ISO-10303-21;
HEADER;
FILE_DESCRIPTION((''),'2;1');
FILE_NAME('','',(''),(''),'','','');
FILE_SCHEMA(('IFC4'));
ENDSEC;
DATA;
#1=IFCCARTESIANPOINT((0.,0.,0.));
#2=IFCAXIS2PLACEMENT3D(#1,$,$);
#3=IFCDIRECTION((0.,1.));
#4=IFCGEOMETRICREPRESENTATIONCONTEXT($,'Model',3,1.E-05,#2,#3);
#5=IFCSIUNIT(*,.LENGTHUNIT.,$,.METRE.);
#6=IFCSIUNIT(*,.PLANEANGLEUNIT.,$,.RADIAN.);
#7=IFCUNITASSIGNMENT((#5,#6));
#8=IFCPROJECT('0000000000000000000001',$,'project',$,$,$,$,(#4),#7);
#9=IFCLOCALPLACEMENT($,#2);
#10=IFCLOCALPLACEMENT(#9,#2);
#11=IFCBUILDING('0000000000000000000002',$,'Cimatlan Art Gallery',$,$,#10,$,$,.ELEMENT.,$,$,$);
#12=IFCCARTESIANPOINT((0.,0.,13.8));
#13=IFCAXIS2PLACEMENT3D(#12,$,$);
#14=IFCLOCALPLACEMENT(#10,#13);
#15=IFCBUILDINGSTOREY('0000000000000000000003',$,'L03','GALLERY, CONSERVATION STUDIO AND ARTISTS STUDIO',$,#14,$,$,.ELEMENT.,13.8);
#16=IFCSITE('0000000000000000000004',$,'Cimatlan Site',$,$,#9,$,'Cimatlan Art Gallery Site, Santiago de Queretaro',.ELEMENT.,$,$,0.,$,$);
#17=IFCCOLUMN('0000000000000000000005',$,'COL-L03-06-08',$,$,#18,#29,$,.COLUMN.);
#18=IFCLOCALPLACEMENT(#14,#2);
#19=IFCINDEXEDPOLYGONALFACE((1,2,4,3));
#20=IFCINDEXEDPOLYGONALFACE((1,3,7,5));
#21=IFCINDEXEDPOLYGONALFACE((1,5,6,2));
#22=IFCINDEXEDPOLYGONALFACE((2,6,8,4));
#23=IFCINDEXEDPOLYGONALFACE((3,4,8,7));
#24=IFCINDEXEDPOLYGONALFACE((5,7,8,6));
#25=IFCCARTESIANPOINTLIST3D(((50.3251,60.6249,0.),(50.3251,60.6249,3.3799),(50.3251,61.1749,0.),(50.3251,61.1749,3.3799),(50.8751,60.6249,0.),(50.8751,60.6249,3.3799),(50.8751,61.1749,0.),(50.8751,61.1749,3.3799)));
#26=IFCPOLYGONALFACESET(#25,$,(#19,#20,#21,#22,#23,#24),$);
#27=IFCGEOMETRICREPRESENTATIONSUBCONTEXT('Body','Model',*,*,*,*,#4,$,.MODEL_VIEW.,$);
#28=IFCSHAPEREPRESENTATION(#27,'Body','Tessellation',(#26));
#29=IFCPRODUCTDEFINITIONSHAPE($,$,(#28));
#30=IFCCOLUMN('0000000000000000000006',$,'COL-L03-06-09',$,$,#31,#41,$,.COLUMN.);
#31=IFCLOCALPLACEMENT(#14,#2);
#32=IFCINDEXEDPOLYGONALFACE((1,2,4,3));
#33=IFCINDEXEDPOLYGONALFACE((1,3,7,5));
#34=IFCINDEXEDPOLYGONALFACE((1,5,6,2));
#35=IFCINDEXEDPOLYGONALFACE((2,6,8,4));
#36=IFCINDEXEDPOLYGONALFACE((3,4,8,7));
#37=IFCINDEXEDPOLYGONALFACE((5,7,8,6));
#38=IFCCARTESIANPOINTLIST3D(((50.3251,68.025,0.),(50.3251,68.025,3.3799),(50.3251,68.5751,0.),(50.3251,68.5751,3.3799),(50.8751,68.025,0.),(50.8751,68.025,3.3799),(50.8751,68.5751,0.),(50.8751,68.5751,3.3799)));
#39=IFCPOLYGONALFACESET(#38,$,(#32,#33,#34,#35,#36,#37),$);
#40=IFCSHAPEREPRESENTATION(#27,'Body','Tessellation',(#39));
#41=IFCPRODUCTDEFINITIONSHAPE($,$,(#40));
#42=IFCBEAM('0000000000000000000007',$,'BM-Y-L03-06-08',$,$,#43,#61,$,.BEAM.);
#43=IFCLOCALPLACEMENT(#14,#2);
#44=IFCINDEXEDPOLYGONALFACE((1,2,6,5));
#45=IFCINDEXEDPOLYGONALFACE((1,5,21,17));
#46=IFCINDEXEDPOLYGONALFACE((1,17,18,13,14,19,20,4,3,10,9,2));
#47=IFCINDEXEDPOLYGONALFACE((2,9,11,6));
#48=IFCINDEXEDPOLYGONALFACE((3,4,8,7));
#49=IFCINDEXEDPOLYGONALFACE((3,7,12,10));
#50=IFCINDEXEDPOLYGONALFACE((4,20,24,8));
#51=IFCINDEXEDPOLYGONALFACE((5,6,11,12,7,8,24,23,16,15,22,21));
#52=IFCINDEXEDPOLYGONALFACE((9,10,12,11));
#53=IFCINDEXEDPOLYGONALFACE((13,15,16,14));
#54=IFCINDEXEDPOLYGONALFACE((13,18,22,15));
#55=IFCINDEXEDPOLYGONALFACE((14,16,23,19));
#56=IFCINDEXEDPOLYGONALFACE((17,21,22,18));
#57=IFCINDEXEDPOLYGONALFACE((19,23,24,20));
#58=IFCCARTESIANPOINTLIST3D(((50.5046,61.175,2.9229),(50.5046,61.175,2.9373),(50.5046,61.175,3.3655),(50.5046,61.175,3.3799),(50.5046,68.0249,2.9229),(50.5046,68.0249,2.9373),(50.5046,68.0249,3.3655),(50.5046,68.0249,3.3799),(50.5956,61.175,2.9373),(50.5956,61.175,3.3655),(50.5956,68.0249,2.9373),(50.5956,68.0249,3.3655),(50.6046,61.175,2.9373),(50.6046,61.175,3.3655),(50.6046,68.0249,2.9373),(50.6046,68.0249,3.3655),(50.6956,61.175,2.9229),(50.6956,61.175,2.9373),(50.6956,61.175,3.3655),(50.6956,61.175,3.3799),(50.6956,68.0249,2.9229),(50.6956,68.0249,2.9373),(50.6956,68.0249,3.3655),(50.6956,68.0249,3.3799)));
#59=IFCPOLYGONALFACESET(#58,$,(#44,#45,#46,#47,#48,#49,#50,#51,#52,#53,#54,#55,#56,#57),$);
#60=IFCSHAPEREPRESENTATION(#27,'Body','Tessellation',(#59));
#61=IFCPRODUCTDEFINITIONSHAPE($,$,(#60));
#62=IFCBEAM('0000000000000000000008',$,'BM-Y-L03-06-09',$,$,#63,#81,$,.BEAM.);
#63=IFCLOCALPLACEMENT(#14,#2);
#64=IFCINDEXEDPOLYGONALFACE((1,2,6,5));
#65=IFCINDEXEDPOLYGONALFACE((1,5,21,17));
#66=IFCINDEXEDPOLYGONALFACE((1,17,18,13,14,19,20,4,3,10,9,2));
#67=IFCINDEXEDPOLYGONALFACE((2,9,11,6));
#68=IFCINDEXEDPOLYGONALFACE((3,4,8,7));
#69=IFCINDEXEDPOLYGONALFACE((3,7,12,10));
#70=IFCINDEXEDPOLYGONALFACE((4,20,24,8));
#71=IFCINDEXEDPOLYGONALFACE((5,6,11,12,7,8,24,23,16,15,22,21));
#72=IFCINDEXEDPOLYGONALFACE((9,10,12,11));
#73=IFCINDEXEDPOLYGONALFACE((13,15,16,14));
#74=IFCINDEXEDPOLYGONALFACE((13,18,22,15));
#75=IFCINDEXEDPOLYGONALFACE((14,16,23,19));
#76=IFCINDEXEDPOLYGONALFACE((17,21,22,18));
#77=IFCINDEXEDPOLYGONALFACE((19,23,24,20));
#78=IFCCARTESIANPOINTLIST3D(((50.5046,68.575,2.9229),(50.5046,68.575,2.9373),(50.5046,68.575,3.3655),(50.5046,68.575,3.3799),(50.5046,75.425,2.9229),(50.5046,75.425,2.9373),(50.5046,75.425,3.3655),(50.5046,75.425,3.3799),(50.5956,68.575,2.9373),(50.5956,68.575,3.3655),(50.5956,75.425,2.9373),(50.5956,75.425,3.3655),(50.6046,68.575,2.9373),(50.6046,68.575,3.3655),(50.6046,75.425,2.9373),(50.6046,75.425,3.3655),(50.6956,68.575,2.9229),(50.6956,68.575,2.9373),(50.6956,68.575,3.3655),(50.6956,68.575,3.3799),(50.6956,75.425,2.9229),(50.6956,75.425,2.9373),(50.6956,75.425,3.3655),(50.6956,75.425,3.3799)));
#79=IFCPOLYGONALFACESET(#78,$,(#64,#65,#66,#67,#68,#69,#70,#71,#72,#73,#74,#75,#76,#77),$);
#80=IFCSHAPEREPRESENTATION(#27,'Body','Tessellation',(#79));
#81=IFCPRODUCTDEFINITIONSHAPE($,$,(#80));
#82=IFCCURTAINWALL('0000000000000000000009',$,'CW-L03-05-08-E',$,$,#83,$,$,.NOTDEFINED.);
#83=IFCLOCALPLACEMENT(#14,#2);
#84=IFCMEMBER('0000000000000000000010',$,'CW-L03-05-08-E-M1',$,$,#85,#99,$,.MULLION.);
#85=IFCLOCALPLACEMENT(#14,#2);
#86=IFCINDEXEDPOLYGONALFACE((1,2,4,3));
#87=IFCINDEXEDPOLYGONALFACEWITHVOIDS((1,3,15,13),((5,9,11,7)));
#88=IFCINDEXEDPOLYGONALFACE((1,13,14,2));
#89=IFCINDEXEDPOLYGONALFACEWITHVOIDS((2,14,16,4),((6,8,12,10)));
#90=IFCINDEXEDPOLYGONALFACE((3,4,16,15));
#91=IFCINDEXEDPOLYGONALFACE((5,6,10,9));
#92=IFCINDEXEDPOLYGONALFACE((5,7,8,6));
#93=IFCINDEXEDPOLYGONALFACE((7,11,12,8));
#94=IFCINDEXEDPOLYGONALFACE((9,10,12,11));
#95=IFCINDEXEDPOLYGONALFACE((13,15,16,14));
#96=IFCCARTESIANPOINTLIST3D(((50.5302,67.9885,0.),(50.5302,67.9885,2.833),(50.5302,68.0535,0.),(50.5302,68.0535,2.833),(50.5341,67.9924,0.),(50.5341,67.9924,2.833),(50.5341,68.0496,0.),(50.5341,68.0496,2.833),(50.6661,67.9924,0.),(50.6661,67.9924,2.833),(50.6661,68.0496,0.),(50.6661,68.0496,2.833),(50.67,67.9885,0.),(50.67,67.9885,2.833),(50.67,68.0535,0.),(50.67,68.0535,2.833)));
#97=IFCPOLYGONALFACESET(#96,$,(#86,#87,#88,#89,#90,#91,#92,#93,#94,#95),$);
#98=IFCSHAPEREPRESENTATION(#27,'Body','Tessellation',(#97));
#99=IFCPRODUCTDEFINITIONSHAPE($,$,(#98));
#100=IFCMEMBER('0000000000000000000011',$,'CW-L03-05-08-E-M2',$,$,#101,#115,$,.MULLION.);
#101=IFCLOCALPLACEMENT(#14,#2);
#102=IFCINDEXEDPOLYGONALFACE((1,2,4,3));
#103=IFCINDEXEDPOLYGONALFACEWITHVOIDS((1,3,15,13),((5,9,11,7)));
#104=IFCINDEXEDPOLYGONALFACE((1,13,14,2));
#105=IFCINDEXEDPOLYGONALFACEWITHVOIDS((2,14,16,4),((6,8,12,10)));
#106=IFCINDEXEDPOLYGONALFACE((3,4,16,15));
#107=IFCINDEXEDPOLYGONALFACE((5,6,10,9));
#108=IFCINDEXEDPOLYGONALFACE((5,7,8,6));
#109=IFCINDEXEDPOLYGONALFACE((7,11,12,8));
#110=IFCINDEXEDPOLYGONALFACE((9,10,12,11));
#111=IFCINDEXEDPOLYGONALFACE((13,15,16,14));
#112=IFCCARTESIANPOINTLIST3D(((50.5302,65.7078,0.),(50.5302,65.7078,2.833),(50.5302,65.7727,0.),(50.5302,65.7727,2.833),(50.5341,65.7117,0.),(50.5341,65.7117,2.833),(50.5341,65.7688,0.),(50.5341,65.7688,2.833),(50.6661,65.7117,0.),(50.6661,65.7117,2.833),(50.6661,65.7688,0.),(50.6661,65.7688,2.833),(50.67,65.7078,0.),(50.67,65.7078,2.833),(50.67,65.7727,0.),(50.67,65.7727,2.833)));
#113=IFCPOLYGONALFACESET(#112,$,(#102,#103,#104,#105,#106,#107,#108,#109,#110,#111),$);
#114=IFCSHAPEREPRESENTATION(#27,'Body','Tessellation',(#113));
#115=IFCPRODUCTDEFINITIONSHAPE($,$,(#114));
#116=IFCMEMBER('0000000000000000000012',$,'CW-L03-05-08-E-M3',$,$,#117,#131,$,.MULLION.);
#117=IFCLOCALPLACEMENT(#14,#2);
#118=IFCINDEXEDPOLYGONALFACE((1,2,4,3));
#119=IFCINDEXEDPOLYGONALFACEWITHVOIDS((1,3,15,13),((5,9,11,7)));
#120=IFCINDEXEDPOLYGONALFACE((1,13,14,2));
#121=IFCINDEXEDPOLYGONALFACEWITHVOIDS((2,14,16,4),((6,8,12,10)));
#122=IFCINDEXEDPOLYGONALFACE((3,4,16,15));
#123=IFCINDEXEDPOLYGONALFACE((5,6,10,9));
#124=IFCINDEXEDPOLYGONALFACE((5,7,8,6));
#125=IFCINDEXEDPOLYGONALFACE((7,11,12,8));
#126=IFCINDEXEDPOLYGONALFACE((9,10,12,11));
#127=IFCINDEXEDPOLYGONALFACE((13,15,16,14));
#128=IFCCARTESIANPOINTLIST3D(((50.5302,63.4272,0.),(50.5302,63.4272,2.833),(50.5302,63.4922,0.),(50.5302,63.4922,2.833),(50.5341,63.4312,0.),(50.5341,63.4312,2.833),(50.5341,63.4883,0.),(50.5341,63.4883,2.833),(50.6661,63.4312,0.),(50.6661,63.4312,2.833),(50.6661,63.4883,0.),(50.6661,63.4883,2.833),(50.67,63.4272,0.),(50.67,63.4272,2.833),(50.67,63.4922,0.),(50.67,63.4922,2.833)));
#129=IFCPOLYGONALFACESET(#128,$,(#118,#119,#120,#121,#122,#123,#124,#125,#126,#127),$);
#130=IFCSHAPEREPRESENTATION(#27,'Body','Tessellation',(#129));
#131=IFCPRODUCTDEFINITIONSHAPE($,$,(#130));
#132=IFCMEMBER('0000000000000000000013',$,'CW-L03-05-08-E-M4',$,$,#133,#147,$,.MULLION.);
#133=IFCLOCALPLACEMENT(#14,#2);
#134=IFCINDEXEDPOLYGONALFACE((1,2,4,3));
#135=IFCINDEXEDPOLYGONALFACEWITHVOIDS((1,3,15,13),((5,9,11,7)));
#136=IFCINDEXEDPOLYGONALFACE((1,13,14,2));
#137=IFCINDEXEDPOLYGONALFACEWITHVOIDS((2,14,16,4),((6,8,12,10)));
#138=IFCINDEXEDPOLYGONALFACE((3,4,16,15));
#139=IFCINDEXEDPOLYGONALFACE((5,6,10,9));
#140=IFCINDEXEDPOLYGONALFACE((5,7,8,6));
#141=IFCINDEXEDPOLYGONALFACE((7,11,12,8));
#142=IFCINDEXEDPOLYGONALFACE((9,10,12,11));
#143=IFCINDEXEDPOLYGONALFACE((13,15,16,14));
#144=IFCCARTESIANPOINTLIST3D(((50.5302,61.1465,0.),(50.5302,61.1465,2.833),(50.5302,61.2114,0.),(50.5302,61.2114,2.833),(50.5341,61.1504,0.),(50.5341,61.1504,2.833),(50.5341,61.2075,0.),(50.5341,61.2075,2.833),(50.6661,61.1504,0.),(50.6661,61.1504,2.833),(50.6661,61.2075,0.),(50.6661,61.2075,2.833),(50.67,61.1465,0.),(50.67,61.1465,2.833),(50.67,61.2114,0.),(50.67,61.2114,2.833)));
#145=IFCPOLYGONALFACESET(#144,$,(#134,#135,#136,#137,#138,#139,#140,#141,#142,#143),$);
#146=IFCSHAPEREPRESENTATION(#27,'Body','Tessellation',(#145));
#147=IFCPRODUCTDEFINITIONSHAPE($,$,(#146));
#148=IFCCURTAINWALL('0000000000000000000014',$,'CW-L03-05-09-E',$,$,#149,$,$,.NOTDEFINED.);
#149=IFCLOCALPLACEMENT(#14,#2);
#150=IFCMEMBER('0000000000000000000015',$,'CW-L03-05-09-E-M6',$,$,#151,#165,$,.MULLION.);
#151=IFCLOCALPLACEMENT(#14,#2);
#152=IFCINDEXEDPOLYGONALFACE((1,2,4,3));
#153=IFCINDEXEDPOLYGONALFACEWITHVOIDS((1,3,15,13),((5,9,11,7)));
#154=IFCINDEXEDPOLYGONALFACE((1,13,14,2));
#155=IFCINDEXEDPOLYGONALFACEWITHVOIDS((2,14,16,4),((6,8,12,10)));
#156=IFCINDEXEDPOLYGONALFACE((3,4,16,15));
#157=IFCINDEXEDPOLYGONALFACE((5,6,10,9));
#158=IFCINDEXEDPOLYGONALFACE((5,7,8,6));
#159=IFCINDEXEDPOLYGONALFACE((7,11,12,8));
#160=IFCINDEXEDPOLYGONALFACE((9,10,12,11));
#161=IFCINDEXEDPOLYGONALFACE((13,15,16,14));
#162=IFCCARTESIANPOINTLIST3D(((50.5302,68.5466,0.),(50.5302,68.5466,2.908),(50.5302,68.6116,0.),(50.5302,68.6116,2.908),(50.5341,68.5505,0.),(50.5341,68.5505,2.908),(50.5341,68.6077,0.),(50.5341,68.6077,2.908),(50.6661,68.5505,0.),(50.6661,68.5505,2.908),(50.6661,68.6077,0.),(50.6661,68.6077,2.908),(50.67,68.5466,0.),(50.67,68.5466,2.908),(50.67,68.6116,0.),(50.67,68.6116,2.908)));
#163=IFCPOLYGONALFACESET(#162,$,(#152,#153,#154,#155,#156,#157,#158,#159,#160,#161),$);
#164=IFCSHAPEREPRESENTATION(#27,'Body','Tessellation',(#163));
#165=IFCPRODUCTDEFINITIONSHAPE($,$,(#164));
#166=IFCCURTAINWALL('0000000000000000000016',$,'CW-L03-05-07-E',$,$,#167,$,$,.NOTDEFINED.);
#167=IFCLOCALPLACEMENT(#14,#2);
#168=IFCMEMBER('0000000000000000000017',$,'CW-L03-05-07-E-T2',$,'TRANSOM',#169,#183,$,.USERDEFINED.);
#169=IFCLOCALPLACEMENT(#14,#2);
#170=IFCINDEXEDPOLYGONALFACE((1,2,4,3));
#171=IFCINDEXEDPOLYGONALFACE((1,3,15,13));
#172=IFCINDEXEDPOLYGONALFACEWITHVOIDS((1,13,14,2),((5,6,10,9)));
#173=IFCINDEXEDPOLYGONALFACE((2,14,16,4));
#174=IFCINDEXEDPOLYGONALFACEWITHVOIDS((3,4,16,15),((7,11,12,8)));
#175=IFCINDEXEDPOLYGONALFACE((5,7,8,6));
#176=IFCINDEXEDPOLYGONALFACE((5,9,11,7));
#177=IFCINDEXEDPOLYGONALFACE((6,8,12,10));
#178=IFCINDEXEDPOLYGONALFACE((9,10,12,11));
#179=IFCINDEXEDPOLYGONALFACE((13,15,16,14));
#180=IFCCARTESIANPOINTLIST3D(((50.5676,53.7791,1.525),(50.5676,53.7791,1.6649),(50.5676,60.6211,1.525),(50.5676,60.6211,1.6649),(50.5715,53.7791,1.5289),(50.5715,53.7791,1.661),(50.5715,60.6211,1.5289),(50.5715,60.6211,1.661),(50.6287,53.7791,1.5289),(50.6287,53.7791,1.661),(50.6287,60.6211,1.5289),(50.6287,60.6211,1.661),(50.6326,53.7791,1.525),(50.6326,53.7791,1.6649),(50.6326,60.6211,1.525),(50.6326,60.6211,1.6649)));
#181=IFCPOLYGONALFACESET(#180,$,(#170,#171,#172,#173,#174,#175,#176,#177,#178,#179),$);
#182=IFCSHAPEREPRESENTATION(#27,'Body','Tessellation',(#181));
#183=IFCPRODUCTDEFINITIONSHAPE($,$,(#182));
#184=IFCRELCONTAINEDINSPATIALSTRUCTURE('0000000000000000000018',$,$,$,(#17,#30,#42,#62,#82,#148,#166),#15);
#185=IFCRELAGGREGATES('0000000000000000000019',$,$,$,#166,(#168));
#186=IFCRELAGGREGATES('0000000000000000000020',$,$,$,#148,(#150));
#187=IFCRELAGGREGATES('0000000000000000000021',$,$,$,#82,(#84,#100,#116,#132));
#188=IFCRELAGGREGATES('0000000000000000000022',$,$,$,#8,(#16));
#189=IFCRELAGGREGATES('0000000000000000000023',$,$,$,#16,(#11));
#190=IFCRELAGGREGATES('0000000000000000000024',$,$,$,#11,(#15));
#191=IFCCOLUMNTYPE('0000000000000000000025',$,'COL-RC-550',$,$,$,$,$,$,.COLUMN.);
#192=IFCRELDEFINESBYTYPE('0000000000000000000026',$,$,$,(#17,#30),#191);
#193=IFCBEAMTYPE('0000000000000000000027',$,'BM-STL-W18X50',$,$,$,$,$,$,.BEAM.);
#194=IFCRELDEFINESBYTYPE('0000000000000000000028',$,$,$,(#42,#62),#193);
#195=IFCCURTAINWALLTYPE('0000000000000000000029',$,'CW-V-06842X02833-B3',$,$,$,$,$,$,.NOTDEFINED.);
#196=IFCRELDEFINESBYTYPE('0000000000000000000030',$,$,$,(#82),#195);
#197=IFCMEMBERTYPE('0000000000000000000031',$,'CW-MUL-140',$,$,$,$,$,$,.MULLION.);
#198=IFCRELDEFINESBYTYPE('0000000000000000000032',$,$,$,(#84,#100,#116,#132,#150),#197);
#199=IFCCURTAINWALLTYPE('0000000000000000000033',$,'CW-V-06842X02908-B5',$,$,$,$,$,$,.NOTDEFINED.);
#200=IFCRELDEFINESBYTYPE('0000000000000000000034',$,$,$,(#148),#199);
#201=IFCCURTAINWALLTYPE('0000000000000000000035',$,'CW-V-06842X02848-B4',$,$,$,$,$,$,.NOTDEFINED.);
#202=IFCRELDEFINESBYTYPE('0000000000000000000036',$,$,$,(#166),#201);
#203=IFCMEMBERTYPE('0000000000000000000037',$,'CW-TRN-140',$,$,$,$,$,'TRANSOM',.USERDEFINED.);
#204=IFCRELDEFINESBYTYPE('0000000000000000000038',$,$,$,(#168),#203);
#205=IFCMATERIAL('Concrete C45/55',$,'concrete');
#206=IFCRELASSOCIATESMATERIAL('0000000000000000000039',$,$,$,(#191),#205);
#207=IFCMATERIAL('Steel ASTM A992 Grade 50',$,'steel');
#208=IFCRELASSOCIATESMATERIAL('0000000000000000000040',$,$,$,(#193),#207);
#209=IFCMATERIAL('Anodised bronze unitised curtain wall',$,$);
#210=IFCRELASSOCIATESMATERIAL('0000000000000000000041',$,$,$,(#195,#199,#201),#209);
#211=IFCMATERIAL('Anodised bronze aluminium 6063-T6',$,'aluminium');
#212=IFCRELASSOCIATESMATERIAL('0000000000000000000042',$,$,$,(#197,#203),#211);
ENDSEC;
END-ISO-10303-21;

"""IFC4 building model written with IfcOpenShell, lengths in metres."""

from ifc_helpers import new_model, si_unit, direction, frame, origin, origin_2d, place, context, subcontext, project, spatial, rectangle, hollow_rectangle, i_section, extrude, material, material_profile, profile_set, type_object, element, aggregate, save


model = new_model("IFC4")

# Units and contexts
model_context = context("Model", 3, precision=1e-05, world=origin(), true_north=direction((0.0, 1.0)))
body_context = subcontext(model_context, "Body", "Model", "MODEL_VIEW")
ifc_project = project(units=[si_unit("LENGTHUNIT", "METRE"), si_unit("PLANEANGLEUNIT", "RADIAN")], contexts=[model_context])

# Site, building, storey
site_placement = place(None, origin())
site = spatial("IfcSite", under=ifc_project, at=site_placement, Name="Cimatlan Site", LongName="Cimatlan Art Gallery Site, Santiago de Queretaro", CompositionType="ELEMENT", RefElevation=0.0)
building_placement = place(site_placement, origin())
building = spatial("IfcBuilding", under=site, at=building_placement, Name="Cimatlan Art Gallery", CompositionType="ELEMENT")
storey_placement = place(building_placement, frame((0.0, 0.0, 13.8)))
storey = spatial("IfcBuildingStorey", under=building, at=storey_placement, Name="L03", Description="GALLERY, CONSERVATION STUDIO AND ARTISTS STUDIO", CompositionType="ELEMENT", Elevation=13.8)

# Columns
ifc_material_1 = material(Name="Concrete C45/55", Category="concrete")
ifc_material_profile_1 = material_profile(ifc_material_1, rectangle(XDim=0.55, YDim=0.55, at=origin_2d()), Name="RC550X550")
ifc_profile_set_1 = profile_set([ifc_material_profile_1], Name="Concrete C45/55")
column_type = type_object("IfcColumnType", Name="COL-RC-550", PredefinedType="COLUMN", material=ifc_profile_set_1)
for number, where, z_axis, x_axis, name in (
    (1, (50.6001, 60.8999, 0.0), (0.0, 0.0, 1.0), (1.0, 0.0, 0.0), "COL-L03-06-08"),
    (2, (50.6001, 68.3, 0.0), (0.0, 0.0, 1.0), (1.0, 0.0, 0.0), "COL-L03-06-09"),
):
    element("IfcColumn", number, at=place(storey_placement, frame(where, z_axis=z_axis, x_axis=x_axis)), inside=storey, type_object=column_type, Name=name, PredefinedType="COLUMN", context=body_context, shape_type="SweptSolid", body=[
        extrude(rectangle(XDim=0.55, YDim=0.55, at=origin_2d()), origin(), (0.0, 0.0, 1.0), 3.3799),
    ])

# Beams
ifc_material_2 = material(Name="Steel ASTM A992 Grade 50", Category="steel")
ifc_material_profile_2 = material_profile(ifc_material_2, i_section(OverallWidth=0.1909, OverallDepth=0.457, WebThickness=0.009, FlangeThickness=0.0144, at=origin_2d()), Name="W18X50")
ifc_profile_set_2 = profile_set([ifc_material_profile_2], Name="Steel ASTM A992 Grade 50")
beam_type = type_object("IfcBeamType", Name="BM-STL-W18X50", PredefinedType="BEAM", material=ifc_profile_set_2)
beam_1_placement = place(storey_placement, frame((50.6001, 61.175, 3.1514), z_axis=(0.0, 1.0, 0.0), x_axis=(-1.0, 0.0, 0.0)))
element("IfcBeam", 3, at=beam_1_placement, inside=storey, type_object=beam_type, Name="BM-Y-L03-06-08", PredefinedType="BEAM", context=body_context, shape_type="SweptSolid", body=[
    extrude(i_section(OverallWidth=0.1909, OverallDepth=0.457, WebThickness=0.009, FlangeThickness=0.0144, at=origin_2d()), origin(), (0.0, 0.0, 1.0), 6.8499),
])
beam_2_placement = place(storey_placement, frame((50.6001, 68.575, 3.1514), z_axis=(0.0, 1.0, 0.0), x_axis=(-1.0, 0.0, 0.0)))
element("IfcBeam", 4, at=beam_2_placement, inside=storey, type_object=beam_type, Name="BM-Y-L03-06-09", PredefinedType="BEAM", context=body_context, shape_type="SweptSolid", body=[
    extrude(i_section(OverallWidth=0.1909, OverallDepth=0.457, WebThickness=0.009, FlangeThickness=0.0144, at=origin_2d()), origin(), (0.0, 0.0, 1.0), 6.8501),
])

# Curtain wall, members
ifc_material_3 = material(Name="Anodised bronze unitised curtain wall")
curtain_wall_type_1 = type_object("IfcCurtainWallType", Name="CW-V-06842X02833-B3", PredefinedType="NOTDEFINED", material=ifc_material_3)
curtain_wall_1_placement = place(storey_placement, origin())
curtain_wall_1 = element("IfcCurtainWall", 5, at=curtain_wall_1_placement, inside=storey, type_object=curtain_wall_type_1, Name="CW-L03-05-08-E", PredefinedType="NOTDEFINED")
ifc_material_4 = material(Name="Anodised bronze aluminium 6063-T6", Category="aluminium")
ifc_material_profile_3 = material_profile(ifc_material_4, hollow_rectangle(XDim=0.0649, YDim=0.1399, WallThickness=0.0039, at=origin_2d()), Name="ALU65X140X4")
ifc_profile_set_3 = profile_set([ifc_material_profile_3], Name="Anodised bronze aluminium 6063-T6")
member_type_1 = type_object("IfcMemberType", Name="CW-MUL-140", PredefinedType="MULLION", material=ifc_profile_set_3)
member_1_placement = place(storey_placement, frame((50.6001, 68.021, 0.0), z_axis=(0.0, 0.0, 1.0), x_axis=(0.0, 1.0, 0.0)))
member_1 = element("IfcMember", 6, at=member_1_placement, type_object=member_type_1, Name="CW-L03-05-08-E-M1", PredefinedType="MULLION", context=body_context, shape_type="SweptSolid", body=[
    extrude(hollow_rectangle(XDim=0.0649, YDim=0.1399, WallThickness=0.0039, at=origin_2d()), origin(), (0.0, 0.0, 1.0), 2.833),
])
member_2_placement = place(storey_placement, frame((50.6001, 65.7402, 0.0), z_axis=(0.0, 0.0, 1.0), x_axis=(0.0, 1.0, 0.0)))
member_2 = element("IfcMember", 7, at=member_2_placement, type_object=member_type_1, Name="CW-L03-05-08-E-M2", PredefinedType="MULLION", context=body_context, shape_type="SweptSolid", body=[
    extrude(hollow_rectangle(XDim=0.0649, YDim=0.1399, WallThickness=0.0039, at=origin_2d()), origin(), (0.0, 0.0, 1.0), 2.833),
])
member_3_placement = place(storey_placement, frame((50.6001, 63.4597, 0.0), z_axis=(0.0, 0.0, 1.0), x_axis=(0.0, 1.0, 0.0)))
member_3 = element("IfcMember", 8, at=member_3_placement, type_object=member_type_1, Name="CW-L03-05-08-E-M3", PredefinedType="MULLION", context=body_context, shape_type="SweptSolid", body=[
    extrude(hollow_rectangle(XDim=0.0649, YDim=0.1399, WallThickness=0.0039, at=origin_2d()), origin(), (0.0, 0.0, 1.0), 2.833),
])
member_4_placement = place(storey_placement, frame((50.6001, 61.179, 0.0), z_axis=(0.0, 0.0, 1.0), x_axis=(0.0, 1.0, 0.0)))
member_4 = element("IfcMember", 9, at=member_4_placement, type_object=member_type_1, Name="CW-L03-05-08-E-M4", PredefinedType="MULLION", context=body_context, shape_type="SweptSolid", body=[
    extrude(hollow_rectangle(XDim=0.0649, YDim=0.1399, WallThickness=0.0039, at=origin_2d()), origin(), (0.0, 0.0, 1.0), 2.833),
])

# Curtain wall, member
curtain_wall_type_2 = type_object("IfcCurtainWallType", Name="CW-V-06842X02908-B5", PredefinedType="NOTDEFINED", material=ifc_material_3)
curtain_wall_2_placement = place(storey_placement, origin())
curtain_wall_2 = element("IfcCurtainWall", 10, at=curtain_wall_2_placement, inside=storey, type_object=curtain_wall_type_2, Name="CW-L03-05-09-E", PredefinedType="NOTDEFINED")
member_5_placement = place(storey_placement, frame((50.6001, 68.5791, 0.0), z_axis=(0.0, 0.0, 1.0), x_axis=(0.0, 1.0, 0.0)))
member_5 = element("IfcMember", 11, at=member_5_placement, type_object=member_type_1, Name="CW-L03-05-09-E-M6", PredefinedType="MULLION", context=body_context, shape_type="SweptSolid", body=[
    extrude(hollow_rectangle(XDim=0.0649, YDim=0.1399, WallThickness=0.0039, at=origin_2d()), origin(), (0.0, 0.0, 1.0), 2.908),
])

# Curtain wall, member
curtain_wall_type_3 = type_object("IfcCurtainWallType", Name="CW-V-06842X02848-B4", PredefinedType="NOTDEFINED", material=ifc_material_3)
curtain_wall_3_placement = place(storey_placement, origin())
curtain_wall_3 = element("IfcCurtainWall", 12, at=curtain_wall_3_placement, inside=storey, type_object=curtain_wall_type_3, Name="CW-L03-05-07-E", PredefinedType="NOTDEFINED")
ifc_material_profile_4 = material_profile(ifc_material_4, hollow_rectangle(XDim=0.0649, YDim=0.1399, WallThickness=0.0039, at=origin_2d()), Name="ALU65X140X4")
ifc_profile_set_4 = profile_set([ifc_material_profile_4], Name="Anodised bronze aluminium 6063-T6")
member_type_2 = type_object("IfcMemberType", Name="CW-TRN-140", ElementType="TRANSOM", PredefinedType="USERDEFINED", material=ifc_profile_set_4)
member_6_placement = place(storey_placement, frame((50.6001, 60.6211, 1.595), z_axis=(0.0, -1.0, 0.0), x_axis=(1.0, 0.0, 0.0)))
member_6 = element("IfcMember", 13, at=member_6_placement, type_object=member_type_2, Name="CW-L03-05-07-E-T2", ObjectType="TRANSOM", PredefinedType="USERDEFINED", context=body_context, shape_type="SweptSolid", body=[
    extrude(hollow_rectangle(XDim=0.0649, YDim=0.1399, WallThickness=0.0039, at=origin_2d()), origin(), (0.0, 0.0, 1.0), 6.842),
])
aggregate(curtain_wall_3, [member_6])

aggregate(curtain_wall_2, [member_5])
aggregate(curtain_wall_1, [member_1, member_2, member_3, member_4])

save(model, "model.ifc")
